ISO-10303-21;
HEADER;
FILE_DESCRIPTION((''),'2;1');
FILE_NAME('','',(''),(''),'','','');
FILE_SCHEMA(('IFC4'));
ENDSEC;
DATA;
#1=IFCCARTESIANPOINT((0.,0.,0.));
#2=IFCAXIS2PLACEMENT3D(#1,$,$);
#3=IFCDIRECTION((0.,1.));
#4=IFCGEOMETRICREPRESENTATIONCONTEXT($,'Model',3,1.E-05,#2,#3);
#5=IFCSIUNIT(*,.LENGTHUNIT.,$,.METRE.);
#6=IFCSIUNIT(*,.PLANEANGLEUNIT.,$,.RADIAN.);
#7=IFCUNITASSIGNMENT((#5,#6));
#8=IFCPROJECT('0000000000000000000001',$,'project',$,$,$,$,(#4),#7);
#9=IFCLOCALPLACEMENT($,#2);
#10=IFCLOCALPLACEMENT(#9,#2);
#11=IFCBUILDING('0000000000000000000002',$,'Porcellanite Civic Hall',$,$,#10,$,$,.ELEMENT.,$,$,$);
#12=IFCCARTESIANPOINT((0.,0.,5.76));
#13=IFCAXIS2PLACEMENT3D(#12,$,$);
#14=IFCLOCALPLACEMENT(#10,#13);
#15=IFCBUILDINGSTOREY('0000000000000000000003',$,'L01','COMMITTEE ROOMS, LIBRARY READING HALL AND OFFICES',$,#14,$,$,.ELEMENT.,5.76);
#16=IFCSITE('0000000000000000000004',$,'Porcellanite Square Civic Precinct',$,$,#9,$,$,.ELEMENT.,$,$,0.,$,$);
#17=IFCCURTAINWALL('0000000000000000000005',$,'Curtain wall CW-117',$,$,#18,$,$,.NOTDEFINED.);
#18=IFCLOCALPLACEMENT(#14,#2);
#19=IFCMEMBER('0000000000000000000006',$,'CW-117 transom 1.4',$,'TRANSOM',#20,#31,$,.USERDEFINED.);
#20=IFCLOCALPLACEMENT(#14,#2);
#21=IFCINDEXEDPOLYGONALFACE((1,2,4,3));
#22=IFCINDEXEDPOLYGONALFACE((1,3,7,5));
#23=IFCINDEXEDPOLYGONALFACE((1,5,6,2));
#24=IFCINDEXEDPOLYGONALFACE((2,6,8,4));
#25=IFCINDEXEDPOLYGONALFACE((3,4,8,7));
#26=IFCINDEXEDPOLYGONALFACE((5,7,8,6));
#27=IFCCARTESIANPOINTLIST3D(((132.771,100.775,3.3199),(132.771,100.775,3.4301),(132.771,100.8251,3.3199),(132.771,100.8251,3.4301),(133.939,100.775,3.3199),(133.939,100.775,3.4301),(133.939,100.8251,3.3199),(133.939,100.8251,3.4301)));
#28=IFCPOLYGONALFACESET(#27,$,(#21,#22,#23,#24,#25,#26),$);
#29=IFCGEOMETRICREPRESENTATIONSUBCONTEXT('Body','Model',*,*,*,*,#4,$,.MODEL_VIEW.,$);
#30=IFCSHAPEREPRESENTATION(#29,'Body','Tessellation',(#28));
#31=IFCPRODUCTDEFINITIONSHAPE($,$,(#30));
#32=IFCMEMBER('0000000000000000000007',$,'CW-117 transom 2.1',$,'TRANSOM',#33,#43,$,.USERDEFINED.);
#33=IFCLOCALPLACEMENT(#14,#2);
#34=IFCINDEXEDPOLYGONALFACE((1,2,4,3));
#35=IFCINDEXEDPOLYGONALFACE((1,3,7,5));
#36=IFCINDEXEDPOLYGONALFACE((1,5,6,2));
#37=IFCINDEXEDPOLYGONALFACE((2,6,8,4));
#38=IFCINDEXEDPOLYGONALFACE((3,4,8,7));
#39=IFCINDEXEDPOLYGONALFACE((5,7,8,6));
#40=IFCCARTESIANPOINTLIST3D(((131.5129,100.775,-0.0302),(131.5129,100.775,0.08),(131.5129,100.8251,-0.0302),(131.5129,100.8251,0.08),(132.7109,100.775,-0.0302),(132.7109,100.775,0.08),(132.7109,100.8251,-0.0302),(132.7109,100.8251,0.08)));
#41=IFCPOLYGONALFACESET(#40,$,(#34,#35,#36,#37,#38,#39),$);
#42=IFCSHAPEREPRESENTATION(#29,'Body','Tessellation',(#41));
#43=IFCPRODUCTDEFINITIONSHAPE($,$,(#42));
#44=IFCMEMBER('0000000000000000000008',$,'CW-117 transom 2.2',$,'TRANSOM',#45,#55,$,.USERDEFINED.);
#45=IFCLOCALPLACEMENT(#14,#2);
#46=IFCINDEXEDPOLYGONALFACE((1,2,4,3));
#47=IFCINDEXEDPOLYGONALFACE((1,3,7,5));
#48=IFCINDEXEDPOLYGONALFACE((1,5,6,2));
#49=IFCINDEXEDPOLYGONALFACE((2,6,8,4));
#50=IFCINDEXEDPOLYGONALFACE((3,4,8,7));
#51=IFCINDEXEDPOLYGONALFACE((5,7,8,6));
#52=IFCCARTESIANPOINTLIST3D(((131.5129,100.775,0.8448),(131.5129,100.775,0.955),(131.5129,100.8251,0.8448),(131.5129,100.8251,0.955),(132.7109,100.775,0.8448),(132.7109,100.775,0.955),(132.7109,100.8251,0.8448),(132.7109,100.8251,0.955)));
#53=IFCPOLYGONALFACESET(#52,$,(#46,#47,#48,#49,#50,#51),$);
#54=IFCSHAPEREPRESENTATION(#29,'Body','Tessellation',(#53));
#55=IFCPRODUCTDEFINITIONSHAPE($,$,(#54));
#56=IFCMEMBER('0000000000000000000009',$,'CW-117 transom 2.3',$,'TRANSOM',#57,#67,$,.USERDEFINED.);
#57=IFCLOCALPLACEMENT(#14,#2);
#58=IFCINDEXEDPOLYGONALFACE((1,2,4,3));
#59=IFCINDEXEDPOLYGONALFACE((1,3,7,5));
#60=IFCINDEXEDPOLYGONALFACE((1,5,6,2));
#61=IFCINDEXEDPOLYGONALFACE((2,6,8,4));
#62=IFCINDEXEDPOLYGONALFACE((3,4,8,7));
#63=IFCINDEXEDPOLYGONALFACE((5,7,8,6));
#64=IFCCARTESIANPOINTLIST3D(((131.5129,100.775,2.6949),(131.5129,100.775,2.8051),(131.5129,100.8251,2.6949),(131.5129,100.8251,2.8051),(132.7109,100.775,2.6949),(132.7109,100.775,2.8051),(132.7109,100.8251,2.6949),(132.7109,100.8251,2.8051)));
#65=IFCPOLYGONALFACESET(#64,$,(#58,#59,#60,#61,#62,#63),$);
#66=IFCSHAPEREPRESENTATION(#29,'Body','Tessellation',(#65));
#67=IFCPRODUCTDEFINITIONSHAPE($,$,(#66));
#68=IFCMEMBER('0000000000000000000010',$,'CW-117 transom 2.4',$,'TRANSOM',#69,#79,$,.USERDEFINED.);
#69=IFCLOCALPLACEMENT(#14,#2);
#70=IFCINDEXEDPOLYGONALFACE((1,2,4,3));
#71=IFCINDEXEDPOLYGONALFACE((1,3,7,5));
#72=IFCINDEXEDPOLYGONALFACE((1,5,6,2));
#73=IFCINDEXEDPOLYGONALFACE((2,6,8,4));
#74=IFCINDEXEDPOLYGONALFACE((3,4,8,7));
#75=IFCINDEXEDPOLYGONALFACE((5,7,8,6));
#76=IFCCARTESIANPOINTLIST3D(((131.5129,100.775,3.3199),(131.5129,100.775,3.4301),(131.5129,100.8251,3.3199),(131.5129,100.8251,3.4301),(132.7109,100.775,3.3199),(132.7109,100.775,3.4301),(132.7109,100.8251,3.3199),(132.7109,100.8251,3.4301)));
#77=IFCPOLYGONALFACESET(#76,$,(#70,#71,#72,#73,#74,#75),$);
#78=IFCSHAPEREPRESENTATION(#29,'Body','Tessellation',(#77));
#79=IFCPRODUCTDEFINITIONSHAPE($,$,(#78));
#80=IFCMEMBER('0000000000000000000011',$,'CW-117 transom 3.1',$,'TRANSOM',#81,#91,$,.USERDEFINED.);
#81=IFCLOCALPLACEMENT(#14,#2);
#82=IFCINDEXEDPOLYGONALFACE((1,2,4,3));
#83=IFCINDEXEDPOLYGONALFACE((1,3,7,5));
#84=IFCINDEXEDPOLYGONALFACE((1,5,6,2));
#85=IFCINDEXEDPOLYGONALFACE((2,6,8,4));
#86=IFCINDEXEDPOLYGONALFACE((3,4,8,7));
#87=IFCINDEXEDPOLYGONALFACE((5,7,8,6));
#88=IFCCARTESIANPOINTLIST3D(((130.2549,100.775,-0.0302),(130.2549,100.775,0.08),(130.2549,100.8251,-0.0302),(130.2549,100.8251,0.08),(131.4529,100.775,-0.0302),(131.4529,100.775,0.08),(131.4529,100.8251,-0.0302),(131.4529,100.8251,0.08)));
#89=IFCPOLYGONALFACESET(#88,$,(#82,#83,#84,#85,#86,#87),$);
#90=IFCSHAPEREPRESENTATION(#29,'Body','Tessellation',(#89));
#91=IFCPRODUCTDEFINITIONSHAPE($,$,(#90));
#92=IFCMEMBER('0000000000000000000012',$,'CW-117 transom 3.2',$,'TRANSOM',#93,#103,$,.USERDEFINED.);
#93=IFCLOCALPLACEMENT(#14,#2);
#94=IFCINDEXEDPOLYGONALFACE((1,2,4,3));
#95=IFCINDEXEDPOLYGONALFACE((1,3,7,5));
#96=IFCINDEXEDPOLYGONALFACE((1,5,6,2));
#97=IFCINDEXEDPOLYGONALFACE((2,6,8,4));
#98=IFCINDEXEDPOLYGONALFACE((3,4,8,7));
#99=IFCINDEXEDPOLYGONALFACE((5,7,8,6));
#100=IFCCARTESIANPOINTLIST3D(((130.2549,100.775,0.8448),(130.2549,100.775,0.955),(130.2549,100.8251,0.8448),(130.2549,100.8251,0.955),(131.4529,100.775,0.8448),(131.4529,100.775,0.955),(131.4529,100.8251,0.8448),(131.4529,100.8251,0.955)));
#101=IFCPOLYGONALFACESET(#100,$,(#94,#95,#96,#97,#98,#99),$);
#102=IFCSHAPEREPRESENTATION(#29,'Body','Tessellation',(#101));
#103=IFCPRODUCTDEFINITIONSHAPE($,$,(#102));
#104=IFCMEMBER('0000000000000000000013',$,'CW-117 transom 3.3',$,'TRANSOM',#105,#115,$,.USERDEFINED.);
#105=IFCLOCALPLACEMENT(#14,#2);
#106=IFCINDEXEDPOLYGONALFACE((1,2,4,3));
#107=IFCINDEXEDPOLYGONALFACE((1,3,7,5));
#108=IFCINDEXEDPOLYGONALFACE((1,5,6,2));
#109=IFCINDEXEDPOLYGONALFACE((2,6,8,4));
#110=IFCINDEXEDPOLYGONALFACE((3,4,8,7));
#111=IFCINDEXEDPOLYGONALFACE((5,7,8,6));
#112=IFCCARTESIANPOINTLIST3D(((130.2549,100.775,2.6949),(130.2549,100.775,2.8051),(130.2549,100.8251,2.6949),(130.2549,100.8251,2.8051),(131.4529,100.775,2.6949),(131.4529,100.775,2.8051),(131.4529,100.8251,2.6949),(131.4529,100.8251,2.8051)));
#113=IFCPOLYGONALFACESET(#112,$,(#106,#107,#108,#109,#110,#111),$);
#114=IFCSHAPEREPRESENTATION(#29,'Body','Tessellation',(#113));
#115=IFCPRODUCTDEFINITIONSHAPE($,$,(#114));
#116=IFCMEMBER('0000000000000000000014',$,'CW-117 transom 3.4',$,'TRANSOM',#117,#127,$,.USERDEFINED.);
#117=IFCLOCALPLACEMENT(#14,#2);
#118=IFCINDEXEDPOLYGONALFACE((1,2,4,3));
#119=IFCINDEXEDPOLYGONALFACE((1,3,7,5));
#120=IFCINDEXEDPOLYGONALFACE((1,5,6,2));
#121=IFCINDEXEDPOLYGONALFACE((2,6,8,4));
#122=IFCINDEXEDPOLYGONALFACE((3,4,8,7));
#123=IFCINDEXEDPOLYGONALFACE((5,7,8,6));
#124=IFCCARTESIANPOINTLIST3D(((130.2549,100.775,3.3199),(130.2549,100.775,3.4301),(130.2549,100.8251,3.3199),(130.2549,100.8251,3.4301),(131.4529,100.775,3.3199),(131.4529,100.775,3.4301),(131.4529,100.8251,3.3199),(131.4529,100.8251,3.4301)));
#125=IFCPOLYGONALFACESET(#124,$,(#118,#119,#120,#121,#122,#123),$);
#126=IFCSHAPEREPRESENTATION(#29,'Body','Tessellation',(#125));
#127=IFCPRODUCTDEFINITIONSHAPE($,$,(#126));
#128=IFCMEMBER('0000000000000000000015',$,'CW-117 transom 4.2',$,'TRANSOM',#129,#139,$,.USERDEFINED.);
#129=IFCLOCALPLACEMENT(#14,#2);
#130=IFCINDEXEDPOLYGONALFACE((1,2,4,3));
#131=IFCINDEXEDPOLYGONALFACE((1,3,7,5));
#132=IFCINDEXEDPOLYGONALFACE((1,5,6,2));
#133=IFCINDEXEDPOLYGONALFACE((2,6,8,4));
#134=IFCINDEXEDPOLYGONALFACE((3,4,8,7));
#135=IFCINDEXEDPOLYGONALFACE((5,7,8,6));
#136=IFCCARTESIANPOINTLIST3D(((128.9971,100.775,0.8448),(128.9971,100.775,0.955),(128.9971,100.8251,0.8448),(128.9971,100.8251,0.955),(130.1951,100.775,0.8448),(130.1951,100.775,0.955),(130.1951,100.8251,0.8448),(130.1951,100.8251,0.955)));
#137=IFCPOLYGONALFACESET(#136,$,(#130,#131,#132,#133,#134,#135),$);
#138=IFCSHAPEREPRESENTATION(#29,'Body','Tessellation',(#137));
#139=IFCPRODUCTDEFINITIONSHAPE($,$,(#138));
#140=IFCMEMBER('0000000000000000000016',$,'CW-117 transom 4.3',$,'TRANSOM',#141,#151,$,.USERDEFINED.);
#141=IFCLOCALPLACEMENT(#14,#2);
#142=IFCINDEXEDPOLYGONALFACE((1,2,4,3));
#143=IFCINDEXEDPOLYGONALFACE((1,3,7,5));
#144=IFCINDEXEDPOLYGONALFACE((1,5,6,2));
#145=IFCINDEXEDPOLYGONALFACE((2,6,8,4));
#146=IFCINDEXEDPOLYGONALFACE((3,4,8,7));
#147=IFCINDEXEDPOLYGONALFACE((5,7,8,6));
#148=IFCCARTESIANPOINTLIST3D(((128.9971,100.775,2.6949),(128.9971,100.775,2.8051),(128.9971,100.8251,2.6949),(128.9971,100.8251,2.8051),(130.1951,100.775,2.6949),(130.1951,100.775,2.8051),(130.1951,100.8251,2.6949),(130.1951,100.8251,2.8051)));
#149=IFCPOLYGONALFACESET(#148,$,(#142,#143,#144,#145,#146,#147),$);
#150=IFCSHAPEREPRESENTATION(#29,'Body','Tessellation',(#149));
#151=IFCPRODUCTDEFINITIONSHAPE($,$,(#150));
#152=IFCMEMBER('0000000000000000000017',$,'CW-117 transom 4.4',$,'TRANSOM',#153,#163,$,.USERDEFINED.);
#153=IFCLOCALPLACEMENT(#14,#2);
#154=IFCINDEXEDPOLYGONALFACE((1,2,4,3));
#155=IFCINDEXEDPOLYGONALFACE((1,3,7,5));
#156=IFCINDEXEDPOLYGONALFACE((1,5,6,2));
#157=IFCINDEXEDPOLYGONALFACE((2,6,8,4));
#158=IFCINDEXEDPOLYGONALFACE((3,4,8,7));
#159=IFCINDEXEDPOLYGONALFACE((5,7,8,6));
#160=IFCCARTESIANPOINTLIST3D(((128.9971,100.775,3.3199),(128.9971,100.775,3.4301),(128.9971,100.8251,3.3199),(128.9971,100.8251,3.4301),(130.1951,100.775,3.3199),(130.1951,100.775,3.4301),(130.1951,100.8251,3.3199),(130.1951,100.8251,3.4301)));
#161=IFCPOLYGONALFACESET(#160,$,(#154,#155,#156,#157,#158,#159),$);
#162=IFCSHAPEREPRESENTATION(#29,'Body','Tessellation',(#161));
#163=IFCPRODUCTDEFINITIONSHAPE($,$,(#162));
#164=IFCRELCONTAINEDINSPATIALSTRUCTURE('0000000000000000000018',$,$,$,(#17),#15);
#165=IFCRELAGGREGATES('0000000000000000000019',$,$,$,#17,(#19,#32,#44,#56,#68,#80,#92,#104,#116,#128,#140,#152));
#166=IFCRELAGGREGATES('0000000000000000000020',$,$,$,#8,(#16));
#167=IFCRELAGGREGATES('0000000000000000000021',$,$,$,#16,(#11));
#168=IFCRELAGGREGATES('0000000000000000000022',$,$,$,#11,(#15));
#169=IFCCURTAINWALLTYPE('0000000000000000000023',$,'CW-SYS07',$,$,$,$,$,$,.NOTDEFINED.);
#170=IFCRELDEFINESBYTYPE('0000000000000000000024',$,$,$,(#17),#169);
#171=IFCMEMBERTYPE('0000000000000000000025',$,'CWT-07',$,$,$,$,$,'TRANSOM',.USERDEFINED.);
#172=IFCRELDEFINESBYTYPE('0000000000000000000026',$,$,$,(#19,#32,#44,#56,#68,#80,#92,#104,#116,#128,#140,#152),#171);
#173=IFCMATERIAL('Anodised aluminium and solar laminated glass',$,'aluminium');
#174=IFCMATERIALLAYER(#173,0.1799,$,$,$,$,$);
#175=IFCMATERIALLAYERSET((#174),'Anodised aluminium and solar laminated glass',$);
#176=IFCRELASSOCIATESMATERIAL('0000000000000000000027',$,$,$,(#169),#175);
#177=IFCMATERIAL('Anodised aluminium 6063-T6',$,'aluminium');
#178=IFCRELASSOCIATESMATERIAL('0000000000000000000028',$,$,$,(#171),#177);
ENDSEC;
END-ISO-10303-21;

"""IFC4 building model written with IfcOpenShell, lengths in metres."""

from ifc_helpers import new_model, si_unit, direction, frame, origin, origin_2d, place, context, subcontext, project, spatial, rectangle, extrude, material, layer, layer_set, material_profile, profile_set, type_object, element, aggregate, save


model = new_model("IFC4")

# Units and contexts
model_context = context("Model", 3, precision=1e-05, world=origin(), true_north=direction((0.0, 1.0)))
body_context = subcontext(model_context, "Body", "Model", "MODEL_VIEW")
ifc_project = project(units=[si_unit("LENGTHUNIT", "METRE"), si_unit("PLANEANGLEUNIT", "RADIAN")], contexts=[model_context])

# Site, building, storey
site_placement = place(None, origin())
site = spatial("IfcSite", under=ifc_project, at=site_placement, Name="Porcellanite Square Civic Precinct", CompositionType="ELEMENT", RefElevation=0.0)
building_placement = place(site_placement, origin())
building = spatial("IfcBuilding", under=site, at=building_placement, Name="Porcellanite Civic Hall", CompositionType="ELEMENT")
storey_placement = place(building_placement, frame((0.0, 0.0, 5.76)))
storey = spatial("IfcBuildingStorey", under=building, at=storey_placement, Name="L01", Description="COMMITTEE ROOMS, LIBRARY READING HALL AND OFFICES", CompositionType="ELEMENT", Elevation=5.76)

# Curtain wall, members
ifc_material_1 = material(Name="Anodised aluminium and solar laminated glass", Category="aluminium")
ifc_layer_1 = layer(ifc_material_1, 0.1799)
ifc_layer_set_1 = layer_set([ifc_layer_1], Name="Anodised aluminium and solar laminated glass")
curtain_wall_type_1 = type_object("IfcCurtainWallType", Name="CW-SYS07", PredefinedType="NOTDEFINED", material=ifc_layer_set_1)
curtain_wall_1_placement = place(storey_placement, origin())
curtain_wall_1 = element("IfcCurtainWall", 1, at=curtain_wall_1_placement, inside=storey, type_object=curtain_wall_type_1, Name="Curtain wall CW-117", PredefinedType="NOTDEFINED")
ifc_material_2 = material(Name="Anodised aluminium 6063-T6", Category="aluminium")
ifc_material_profile_1 = material_profile(ifc_material_2, rectangle(XDim=0.05, YDim=0.1101, at=origin_2d()), Name="AL-50x110")
ifc_profile_set_1 = profile_set([ifc_material_profile_1], Name="Anodised aluminium 6063-T6")
member_type_1 = type_object("IfcMemberType", Name="CWT-07", ElementType="TRANSOM", PredefinedType="USERDEFINED", material=ifc_profile_set_1)
member_1_placement = place(storey_placement, frame((133.939, 100.8, 3.375), z_axis=(-1.0, 0.0, 0.0), x_axis=(0.0, -1.0, 0.0)))
member_1 = element("IfcMember", 2, at=member_1_placement, type_object=member_type_1, Name="CW-117 transom 1.4", ObjectType="TRANSOM", PredefinedType="USERDEFINED", context=body_context, shape_type="SweptSolid", body=[
    extrude(rectangle(XDim=0.05, YDim=0.1101, at=origin_2d()), origin(), (0.0, 0.0, 1.0), 1.168),
])
member_2_placement = place(storey_placement, frame((132.7109, 100.8, 0.0249), z_axis=(-1.0, 0.0, 0.0), x_axis=(0.0, -1.0, 0.0)))
member_2 = element("IfcMember", 3, at=member_2_placement, type_object=member_type_1, Name="CW-117 transom 2.1", ObjectType="TRANSOM", PredefinedType="USERDEFINED", context=body_context, shape_type="SweptSolid", body=[
    extrude(rectangle(XDim=0.05, YDim=0.1101, at=origin_2d()), origin(), (0.0, 0.0, 1.0), 1.198),
])
member_3_placement = place(storey_placement, frame((132.7109, 100.8, 0.8999), z_axis=(-1.0, 0.0, 0.0), x_axis=(0.0, -1.0, 0.0)))
member_3 = element("IfcMember", 4, at=member_3_placement, type_object=member_type_1, Name="CW-117 transom 2.2", ObjectType="TRANSOM", PredefinedType="USERDEFINED", context=body_context, shape_type="SweptSolid", body=[
    extrude(rectangle(XDim=0.05, YDim=0.1101, at=origin_2d()), origin(), (0.0, 0.0, 1.0), 1.198),
])
member_4_placement = place(storey_placement, frame((132.7109, 100.8, 2.75), z_axis=(-1.0, 0.0, 0.0), x_axis=(0.0, -1.0, 0.0)))
member_4 = element("IfcMember", 5, at=member_4_placement, type_object=member_type_1, Name="CW-117 transom 2.3", ObjectType="TRANSOM", PredefinedType="USERDEFINED", context=body_context, shape_type="SweptSolid", body=[
    extrude(rectangle(XDim=0.05, YDim=0.1101, at=origin_2d()), origin(), (0.0, 0.0, 1.0), 1.198),
])
member_5_placement = place(storey_placement, frame((132.7109, 100.8, 3.375), z_axis=(-1.0, 0.0, 0.0), x_axis=(0.0, -1.0, 0.0)))
member_5 = element("IfcMember", 6, at=member_5_placement, type_object=member_type_1, Name="CW-117 transom 2.4", ObjectType="TRANSOM", PredefinedType="USERDEFINED", context=body_context, shape_type="SweptSolid", body=[
    extrude(rectangle(XDim=0.05, YDim=0.1101, at=origin_2d()), origin(), (0.0, 0.0, 1.0), 1.198),
])
member_6_placement = place(storey_placement, frame((131.4529, 100.8, 0.0249), z_axis=(-1.0, 0.0, 0.0), x_axis=(0.0, -1.0, 0.0)))
member_6 = element("IfcMember", 7, at=member_6_placement, type_object=member_type_1, Name="CW-117 transom 3.1", ObjectType="TRANSOM", PredefinedType="USERDEFINED", context=body_context, shape_type="SweptSolid", body=[
    extrude(rectangle(XDim=0.05, YDim=0.1101, at=origin_2d()), origin(), (0.0, 0.0, 1.0), 1.198),
])
member_7_placement = place(storey_placement, frame((131.4529, 100.8, 0.8999), z_axis=(-1.0, 0.0, 0.0), x_axis=(0.0, -1.0, 0.0)))
member_7 = element("IfcMember", 8, at=member_7_placement, type_object=member_type_1, Name="CW-117 transom 3.2", ObjectType="TRANSOM", PredefinedType="USERDEFINED", context=body_context, shape_type="SweptSolid", body=[
    extrude(rectangle(XDim=0.05, YDim=0.1101, at=origin_2d()), origin(), (0.0, 0.0, 1.0), 1.198),
])
member_8_placement = place(storey_placement, frame((131.4529, 100.8, 2.75), z_axis=(-1.0, 0.0, 0.0), x_axis=(0.0, -1.0, 0.0)))
member_8 = element("IfcMember", 9, at=member_8_placement, type_object=member_type_1, Name="CW-117 transom 3.3", ObjectType="TRANSOM", PredefinedType="USERDEFINED", context=body_context, shape_type="SweptSolid", body=[
    extrude(rectangle(XDim=0.05, YDim=0.1101, at=origin_2d()), origin(), (0.0, 0.0, 1.0), 1.198),
])
member_9_placement = place(storey_placement, frame((131.4529, 100.8, 3.375), z_axis=(-1.0, 0.0, 0.0), x_axis=(0.0, -1.0, 0.0)))
member_9 = element("IfcMember", 10, at=member_9_placement, type_object=member_type_1, Name="CW-117 transom 3.4", ObjectType="TRANSOM", PredefinedType="USERDEFINED", context=body_context, shape_type="SweptSolid", body=[
    extrude(rectangle(XDim=0.05, YDim=0.1101, at=origin_2d()), origin(), (0.0, 0.0, 1.0), 1.198),
])
member_10_placement = place(storey_placement, frame((130.1951, 100.8, 0.8999), z_axis=(-1.0, 0.0, 0.0), x_axis=(0.0, -1.0, 0.0)))
member_10 = element("IfcMember", 11, at=member_10_placement, type_object=member_type_1, Name="CW-117 transom 4.2", ObjectType="TRANSOM", PredefinedType="USERDEFINED", context=body_context, shape_type="SweptSolid", body=[
    extrude(rectangle(XDim=0.05, YDim=0.1101, at=origin_2d()), origin(), (0.0, 0.0, 1.0), 1.198),
])
member_11_placement = place(storey_placement, frame((130.1951, 100.8, 2.75), z_axis=(-1.0, 0.0, 0.0), x_axis=(0.0, -1.0, 0.0)))
member_11 = element("IfcMember", 12, at=member_11_placement, type_object=member_type_1, Name="CW-117 transom 4.3", ObjectType="TRANSOM", PredefinedType="USERDEFINED", context=body_context, shape_type="SweptSolid", body=[
    extrude(rectangle(XDim=0.05, YDim=0.1101, at=origin_2d()), origin(), (0.0, 0.0, 1.0), 1.198),
])
member_12_placement = place(storey_placement, frame((130.1951, 100.8, 3.375), z_axis=(-1.0, 0.0, 0.0), x_axis=(0.0, -1.0, 0.0)))
member_12 = element("IfcMember", 13, at=member_12_placement, type_object=member_type_1, Name="CW-117 transom 4.4", ObjectType="TRANSOM", PredefinedType="USERDEFINED", context=body_context, shape_type="SweptSolid", body=[
    extrude(rectangle(XDim=0.05, YDim=0.1101, at=origin_2d()), origin(), (0.0, 0.0, 1.0), 1.198),
])

aggregate(curtain_wall_1, [member_1, member_2, member_3, member_4, member_5, member_6, member_7, member_8, member_9, member_10, member_11, member_12])

save(model, "model.ifc")
